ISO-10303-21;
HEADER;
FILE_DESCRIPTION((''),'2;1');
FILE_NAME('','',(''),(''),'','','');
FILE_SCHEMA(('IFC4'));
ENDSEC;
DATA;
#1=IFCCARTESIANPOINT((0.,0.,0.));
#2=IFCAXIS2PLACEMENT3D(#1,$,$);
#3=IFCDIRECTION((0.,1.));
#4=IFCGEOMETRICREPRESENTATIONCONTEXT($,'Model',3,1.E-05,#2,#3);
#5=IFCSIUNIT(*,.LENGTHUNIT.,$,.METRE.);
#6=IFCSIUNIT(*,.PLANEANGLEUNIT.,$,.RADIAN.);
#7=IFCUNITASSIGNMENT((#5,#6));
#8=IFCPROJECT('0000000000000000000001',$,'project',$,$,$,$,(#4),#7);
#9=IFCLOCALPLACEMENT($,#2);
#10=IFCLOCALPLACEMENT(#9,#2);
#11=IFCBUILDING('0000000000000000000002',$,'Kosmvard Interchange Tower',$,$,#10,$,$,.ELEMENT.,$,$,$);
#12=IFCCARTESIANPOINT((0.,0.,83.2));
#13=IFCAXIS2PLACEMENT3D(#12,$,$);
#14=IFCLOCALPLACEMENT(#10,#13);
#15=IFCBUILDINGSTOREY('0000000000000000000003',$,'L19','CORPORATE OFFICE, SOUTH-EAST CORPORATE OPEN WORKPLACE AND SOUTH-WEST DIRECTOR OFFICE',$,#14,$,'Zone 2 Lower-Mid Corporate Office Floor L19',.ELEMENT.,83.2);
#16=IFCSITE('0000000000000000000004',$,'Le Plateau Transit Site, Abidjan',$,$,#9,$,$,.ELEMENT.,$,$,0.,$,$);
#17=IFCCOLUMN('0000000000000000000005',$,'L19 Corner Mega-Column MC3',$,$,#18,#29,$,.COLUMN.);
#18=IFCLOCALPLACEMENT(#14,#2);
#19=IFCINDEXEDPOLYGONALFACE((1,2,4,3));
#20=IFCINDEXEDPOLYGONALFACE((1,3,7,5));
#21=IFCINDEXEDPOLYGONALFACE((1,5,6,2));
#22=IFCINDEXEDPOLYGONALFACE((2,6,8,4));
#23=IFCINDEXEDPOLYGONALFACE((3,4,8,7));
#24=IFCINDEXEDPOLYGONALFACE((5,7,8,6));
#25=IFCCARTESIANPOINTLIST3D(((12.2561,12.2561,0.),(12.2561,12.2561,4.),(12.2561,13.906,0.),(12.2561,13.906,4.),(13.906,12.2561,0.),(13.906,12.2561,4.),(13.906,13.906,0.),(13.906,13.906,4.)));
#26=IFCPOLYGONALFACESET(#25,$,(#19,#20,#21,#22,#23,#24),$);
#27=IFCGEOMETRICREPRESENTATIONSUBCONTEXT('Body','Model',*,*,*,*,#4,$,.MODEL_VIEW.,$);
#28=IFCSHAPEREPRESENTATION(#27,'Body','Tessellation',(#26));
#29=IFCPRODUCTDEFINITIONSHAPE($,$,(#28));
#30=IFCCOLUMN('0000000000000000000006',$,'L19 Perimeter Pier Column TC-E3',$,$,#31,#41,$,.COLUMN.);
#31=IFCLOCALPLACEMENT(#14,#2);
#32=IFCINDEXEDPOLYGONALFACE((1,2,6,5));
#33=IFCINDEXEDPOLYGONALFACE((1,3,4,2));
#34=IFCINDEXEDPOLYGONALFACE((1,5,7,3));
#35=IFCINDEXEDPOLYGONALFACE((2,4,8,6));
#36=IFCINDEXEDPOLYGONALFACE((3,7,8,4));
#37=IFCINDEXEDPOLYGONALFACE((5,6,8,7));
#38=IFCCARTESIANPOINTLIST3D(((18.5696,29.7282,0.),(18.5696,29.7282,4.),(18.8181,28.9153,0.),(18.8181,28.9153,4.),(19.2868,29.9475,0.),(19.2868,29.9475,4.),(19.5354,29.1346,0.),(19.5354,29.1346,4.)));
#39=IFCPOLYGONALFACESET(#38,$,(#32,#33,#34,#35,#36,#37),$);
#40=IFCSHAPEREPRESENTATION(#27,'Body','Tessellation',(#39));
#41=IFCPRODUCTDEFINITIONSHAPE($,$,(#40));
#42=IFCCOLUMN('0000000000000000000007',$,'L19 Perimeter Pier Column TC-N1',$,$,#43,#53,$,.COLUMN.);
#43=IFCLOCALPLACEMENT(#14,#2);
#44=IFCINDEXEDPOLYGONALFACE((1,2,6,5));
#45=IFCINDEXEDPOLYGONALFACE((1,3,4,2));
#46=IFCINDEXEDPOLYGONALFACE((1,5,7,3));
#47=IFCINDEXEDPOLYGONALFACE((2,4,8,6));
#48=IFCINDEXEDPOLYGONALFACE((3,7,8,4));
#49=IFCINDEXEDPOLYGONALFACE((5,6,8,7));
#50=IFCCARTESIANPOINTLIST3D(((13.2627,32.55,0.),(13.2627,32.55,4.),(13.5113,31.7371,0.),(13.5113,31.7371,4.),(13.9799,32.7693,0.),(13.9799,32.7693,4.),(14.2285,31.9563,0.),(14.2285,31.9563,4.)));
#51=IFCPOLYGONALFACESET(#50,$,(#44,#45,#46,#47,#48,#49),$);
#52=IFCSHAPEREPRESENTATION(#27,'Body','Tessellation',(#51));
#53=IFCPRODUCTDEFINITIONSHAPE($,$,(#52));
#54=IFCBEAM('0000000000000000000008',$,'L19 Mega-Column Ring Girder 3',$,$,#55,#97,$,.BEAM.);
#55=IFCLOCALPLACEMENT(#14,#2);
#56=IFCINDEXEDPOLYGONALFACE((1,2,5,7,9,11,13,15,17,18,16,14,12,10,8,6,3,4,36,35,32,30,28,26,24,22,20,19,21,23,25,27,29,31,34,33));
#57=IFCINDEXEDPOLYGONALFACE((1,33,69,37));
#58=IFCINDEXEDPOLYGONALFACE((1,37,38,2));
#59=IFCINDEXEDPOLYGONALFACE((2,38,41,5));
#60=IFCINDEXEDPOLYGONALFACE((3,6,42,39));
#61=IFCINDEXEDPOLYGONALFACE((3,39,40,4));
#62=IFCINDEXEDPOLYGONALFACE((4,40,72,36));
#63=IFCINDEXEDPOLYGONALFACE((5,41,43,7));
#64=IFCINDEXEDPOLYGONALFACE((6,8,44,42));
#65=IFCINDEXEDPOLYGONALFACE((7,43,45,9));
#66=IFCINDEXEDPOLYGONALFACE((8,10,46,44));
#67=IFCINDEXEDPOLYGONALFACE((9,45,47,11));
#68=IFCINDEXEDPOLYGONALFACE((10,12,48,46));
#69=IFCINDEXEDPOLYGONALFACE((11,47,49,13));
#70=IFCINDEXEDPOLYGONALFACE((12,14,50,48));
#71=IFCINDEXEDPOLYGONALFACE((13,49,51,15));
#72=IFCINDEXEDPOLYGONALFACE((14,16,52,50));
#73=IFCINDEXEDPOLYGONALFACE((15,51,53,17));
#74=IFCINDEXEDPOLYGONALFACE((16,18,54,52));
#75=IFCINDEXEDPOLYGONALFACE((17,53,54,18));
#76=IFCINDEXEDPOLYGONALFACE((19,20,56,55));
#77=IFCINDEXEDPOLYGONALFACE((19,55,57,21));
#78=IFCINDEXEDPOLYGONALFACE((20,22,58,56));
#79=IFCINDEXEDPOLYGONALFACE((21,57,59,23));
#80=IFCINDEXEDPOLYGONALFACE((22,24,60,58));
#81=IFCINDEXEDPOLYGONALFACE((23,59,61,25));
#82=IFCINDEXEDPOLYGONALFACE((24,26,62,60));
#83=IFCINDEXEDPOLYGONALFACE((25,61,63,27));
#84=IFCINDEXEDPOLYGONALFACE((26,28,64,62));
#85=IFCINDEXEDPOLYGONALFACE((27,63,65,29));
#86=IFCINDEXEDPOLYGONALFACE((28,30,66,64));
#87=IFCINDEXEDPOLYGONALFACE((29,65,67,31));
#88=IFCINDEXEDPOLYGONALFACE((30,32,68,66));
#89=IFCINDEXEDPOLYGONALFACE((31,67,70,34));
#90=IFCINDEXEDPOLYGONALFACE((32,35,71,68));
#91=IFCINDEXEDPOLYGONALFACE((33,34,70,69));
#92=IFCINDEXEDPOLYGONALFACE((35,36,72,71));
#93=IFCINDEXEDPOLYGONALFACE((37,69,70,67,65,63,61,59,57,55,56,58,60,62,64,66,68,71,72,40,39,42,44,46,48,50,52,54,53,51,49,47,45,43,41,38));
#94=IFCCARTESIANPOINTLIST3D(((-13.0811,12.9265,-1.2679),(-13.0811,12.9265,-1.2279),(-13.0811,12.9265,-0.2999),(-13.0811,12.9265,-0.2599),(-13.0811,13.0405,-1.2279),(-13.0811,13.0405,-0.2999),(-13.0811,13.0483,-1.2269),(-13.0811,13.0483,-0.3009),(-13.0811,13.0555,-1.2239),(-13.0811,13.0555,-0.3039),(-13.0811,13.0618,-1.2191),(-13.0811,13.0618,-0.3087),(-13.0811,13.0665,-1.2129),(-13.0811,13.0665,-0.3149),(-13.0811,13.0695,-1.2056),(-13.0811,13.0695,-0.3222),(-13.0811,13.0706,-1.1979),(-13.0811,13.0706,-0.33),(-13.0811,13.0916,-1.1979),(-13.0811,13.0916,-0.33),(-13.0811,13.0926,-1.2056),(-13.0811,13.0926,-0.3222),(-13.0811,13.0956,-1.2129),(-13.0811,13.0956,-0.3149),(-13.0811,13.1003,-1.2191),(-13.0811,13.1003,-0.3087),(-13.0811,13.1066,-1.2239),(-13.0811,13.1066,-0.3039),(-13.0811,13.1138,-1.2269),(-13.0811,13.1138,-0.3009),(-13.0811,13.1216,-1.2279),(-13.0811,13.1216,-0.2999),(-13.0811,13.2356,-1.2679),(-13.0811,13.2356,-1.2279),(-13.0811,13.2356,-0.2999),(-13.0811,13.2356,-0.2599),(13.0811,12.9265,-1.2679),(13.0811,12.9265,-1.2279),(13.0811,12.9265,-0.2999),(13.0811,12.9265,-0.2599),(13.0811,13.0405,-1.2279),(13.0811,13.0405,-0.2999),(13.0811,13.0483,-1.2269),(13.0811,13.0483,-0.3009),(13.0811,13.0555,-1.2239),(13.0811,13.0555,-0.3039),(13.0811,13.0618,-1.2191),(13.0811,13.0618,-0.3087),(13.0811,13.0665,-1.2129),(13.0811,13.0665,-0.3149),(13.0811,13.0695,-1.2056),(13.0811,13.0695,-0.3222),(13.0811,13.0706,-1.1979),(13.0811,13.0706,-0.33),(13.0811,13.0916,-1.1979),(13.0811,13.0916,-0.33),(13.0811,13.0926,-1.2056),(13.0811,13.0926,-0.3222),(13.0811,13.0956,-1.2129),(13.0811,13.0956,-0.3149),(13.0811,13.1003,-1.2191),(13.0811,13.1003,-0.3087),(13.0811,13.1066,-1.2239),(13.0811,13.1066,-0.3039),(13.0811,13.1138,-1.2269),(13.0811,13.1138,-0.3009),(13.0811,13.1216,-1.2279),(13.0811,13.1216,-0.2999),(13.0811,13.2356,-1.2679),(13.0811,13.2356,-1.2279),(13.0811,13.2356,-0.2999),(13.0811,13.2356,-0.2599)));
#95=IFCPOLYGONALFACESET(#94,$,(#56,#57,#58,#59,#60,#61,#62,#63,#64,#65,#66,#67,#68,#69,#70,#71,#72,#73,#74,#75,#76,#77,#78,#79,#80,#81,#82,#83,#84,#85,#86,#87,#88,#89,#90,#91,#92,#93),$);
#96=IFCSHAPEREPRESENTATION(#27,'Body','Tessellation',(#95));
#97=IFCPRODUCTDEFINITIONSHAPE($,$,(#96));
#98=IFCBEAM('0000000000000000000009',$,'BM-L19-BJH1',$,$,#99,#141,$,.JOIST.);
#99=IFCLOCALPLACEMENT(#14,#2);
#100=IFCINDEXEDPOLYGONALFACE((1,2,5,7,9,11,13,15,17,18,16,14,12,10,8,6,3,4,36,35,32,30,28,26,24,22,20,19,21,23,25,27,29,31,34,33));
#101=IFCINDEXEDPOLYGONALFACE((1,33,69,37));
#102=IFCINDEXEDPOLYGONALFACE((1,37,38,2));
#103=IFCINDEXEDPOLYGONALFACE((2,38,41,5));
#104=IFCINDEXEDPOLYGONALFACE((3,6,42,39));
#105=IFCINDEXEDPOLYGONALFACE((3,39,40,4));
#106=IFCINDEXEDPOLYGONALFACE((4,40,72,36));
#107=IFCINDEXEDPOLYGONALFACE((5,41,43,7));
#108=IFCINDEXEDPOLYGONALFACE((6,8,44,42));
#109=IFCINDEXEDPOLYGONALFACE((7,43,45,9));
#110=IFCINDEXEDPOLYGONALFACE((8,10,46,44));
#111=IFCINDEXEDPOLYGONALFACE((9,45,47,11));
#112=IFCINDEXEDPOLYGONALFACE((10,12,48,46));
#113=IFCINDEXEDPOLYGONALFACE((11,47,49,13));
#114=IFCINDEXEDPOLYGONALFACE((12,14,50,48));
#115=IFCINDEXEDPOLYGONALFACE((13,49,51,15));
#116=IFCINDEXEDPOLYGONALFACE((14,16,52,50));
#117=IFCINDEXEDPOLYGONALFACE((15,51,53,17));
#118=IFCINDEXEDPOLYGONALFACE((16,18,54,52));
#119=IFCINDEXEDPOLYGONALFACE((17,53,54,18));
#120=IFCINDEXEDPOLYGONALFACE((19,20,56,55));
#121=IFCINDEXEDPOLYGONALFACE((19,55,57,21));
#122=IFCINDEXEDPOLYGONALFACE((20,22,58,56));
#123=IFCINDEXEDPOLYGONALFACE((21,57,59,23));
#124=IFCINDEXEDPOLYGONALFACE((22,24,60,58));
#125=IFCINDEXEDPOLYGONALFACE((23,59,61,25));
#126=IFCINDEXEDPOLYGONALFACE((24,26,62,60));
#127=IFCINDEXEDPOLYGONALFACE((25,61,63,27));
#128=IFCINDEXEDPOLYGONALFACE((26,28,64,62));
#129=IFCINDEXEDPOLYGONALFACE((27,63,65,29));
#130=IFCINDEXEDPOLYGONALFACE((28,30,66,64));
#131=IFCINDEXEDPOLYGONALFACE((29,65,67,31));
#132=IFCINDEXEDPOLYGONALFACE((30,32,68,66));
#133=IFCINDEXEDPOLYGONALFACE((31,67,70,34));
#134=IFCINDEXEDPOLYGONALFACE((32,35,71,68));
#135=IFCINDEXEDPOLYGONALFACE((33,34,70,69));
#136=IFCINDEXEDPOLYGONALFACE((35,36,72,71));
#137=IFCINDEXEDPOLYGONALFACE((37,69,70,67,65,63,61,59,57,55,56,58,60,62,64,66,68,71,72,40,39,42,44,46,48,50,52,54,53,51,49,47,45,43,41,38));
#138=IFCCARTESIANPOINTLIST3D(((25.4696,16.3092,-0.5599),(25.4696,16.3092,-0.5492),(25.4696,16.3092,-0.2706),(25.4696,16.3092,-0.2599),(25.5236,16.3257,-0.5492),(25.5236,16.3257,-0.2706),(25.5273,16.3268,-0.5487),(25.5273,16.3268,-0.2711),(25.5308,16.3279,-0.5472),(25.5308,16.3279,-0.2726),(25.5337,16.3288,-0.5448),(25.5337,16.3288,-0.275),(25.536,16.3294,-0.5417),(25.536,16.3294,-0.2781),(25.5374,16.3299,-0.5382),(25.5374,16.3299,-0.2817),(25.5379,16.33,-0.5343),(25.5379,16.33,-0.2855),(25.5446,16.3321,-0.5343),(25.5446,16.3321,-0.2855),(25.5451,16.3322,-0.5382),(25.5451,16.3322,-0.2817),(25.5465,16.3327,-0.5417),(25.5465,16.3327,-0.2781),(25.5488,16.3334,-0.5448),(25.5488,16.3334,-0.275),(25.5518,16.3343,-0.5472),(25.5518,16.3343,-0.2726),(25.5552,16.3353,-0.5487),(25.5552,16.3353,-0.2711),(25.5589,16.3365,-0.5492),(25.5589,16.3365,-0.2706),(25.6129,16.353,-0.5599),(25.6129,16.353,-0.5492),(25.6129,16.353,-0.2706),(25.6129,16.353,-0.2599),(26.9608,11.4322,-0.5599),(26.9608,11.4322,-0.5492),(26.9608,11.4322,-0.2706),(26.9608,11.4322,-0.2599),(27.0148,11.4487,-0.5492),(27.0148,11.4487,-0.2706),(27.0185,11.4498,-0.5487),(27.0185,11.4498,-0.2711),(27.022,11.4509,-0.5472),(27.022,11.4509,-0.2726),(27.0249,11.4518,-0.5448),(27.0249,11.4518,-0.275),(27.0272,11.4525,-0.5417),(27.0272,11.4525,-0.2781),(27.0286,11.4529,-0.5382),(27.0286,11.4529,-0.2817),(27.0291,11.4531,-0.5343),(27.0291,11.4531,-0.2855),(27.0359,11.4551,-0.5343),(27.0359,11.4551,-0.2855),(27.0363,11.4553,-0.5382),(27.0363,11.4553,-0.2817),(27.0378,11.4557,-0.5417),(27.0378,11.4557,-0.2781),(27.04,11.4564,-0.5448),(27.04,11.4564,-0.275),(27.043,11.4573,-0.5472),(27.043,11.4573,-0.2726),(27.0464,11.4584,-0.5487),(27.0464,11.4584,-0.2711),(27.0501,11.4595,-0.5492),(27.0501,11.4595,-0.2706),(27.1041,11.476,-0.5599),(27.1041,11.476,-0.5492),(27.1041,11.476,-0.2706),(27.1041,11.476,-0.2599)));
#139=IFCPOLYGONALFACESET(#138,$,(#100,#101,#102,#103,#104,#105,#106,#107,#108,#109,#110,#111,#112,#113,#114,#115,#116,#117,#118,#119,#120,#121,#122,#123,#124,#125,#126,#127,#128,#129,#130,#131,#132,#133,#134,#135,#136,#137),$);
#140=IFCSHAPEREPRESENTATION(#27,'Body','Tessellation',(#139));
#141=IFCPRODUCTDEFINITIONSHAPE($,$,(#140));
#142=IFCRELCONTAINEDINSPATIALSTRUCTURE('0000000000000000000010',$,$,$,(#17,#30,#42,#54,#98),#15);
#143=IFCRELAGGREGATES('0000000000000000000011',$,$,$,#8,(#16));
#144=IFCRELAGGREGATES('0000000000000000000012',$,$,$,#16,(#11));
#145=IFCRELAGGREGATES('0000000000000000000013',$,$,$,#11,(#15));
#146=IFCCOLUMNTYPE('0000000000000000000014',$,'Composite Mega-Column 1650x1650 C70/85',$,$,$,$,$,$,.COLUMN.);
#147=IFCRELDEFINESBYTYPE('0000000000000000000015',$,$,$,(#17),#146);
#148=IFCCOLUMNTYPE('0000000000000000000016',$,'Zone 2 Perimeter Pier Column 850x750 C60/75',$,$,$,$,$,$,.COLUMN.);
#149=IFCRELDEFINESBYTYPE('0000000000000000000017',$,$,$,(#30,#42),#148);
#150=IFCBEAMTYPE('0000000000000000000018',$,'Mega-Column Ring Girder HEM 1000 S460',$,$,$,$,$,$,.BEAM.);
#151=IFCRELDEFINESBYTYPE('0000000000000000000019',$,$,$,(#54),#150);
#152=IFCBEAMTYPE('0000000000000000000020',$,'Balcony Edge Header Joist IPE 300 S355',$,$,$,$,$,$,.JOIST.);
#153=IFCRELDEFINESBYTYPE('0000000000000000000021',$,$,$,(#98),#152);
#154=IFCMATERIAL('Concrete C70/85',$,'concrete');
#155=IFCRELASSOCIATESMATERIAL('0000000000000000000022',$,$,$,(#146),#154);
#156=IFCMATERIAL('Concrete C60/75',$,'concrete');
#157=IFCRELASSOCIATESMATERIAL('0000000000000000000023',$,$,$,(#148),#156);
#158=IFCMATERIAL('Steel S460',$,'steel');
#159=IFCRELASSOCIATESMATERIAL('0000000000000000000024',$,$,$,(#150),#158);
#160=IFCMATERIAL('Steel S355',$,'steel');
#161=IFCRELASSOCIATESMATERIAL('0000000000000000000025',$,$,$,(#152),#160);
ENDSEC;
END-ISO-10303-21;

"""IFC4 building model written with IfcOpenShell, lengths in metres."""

from ifc_helpers import new_model, si_unit, direction, frame, origin, origin_2d, place, context, subcontext, project, spatial, rectangle, i_section, extrude, source, transform, mapped, material, material_profile, profile_set, type_object, element, save


model = new_model("IFC4")

# Units and contexts
model_context = context("Model", 3, precision=1e-05, world=origin(), true_north=direction((0.0, 1.0)))
body_context = subcontext(model_context, "Body", "Model", "MODEL_VIEW")
ifc_project = project(units=[si_unit("LENGTHUNIT", "METRE"), si_unit("PLANEANGLEUNIT", "RADIAN")], contexts=[model_context])

# Site, building, storey
site_placement = place(None, origin())
site = spatial("IfcSite", under=ifc_project, at=site_placement, Name="Le Plateau Transit Site, Abidjan", CompositionType="ELEMENT", RefElevation=0.0)
building_placement = place(site_placement, origin())
building = spatial("IfcBuilding", under=site, at=building_placement, Name="Kosmvard Interchange Tower", CompositionType="ELEMENT")
storey_placement = place(building_placement, frame((0.0, 0.0, 83.2)))
storey = spatial("IfcBuildingStorey", under=building, at=storey_placement, Name="L19", Description="CORPORATE OFFICE, SOUTH-EAST CORPORATE OPEN WORKPLACE AND SOUTH-WEST DIRECTOR OFFICE", LongName="Zone 2 Lower-Mid Corporate Office Floor L19", CompositionType="ELEMENT", Elevation=83.2)

# Columns
ifc_material_1 = material(Name="Concrete C70/85", Category="concrete")
ifc_material_profile_1 = material_profile(ifc_material_1, rectangle(XDim=1.6499, YDim=1.6499, at=origin_2d()), Name="MC 1650x1650")
ifc_profile_set_1 = profile_set([ifc_material_profile_1], Name="Concrete C70/85")
column_type_1 = type_object("IfcColumnType", Name="Composite Mega-Column 1650x1650 C70/85", PredefinedType="COLUMN", material=ifc_profile_set_1)
shared_shape_1 = source(origin(), body_context, "Body", "SweptSolid", [
    extrude(rectangle(XDim=1.6499, YDim=1.6499, at=origin_2d()), origin(), (0.0, 0.0, 1.0), 4.0),
])
column_placement = place(storey_placement, frame((13.0811, 13.0811, 0.0), z_axis=(0.0, 0.0, 1.0), x_axis=(1.0, 0.0, 0.0)))
element("IfcColumn", 1, at=column_placement, inside=storey, type_object=column_type_1, Name="L19 Corner Mega-Column MC3", PredefinedType="COLUMN", context=body_context, shape_type="MappedRepresentation", body=[
    mapped(shared_shape_1, transform((0.0, 0.0, 0.0), scale=1.0)),
])
ifc_material_2 = material(Name="Concrete C60/75", Category="concrete")
ifc_material_profile_2 = material_profile(ifc_material_2, rectangle(XDim=0.75, YDim=0.8501, at=origin_2d()), Name="TC 850x750")
ifc_profile_set_2 = profile_set([ifc_material_profile_2], Name="Concrete C60/75")
column_type_2 = type_object("IfcColumnType", Name="Zone 2 Perimeter Pier Column 850x750 C60/75", PredefinedType="COLUMN", material=ifc_profile_set_2)
shared_shape_2 = source(origin(), body_context, "Body", "SweptSolid", [
    extrude(rectangle(XDim=0.75, YDim=0.8501, at=origin_2d()), origin(), (0.0, 0.0, 1.0), 4.0),
])
for number, where, z_axis, x_axis, name in (
    (2, (19.0525, 29.4314, 0.0), (0.0, 0.0, 1.0), (0.956305, 0.292372, 0.0), "L19 Perimeter Pier Column TC-E3"),
    (3, (13.7456, 32.2532, 0.0), (0.0, 0.0, 1.0), (0.956305, 0.292372, 0.0), "L19 Perimeter Pier Column TC-N1"),
):
    element("IfcColumn", number, at=place(storey_placement, frame(where, z_axis=z_axis, x_axis=x_axis)), inside=storey, type_object=column_type_2, Name=name, PredefinedType="COLUMN", context=body_context, shape_type="MappedRepresentation", body=[
        mapped(shared_shape_2, transform((0.0, 0.0, 0.0), scale=1.0)),
    ])

# Beams
ifc_material_3 = material(Name="Steel S460", Category="steel")
ifc_material_profile_3 = material_profile(ifc_material_3, i_section(OverallWidth=0.3091, OverallDepth=1.0081, WebThickness=0.021, FlangeThickness=0.04, FilletRadius=0.03, at=origin_2d()), Name="HEM 1000")
ifc_profile_set_3 = profile_set([ifc_material_profile_3], Name="Steel S460")
beam_type_1 = type_object("IfcBeamType", Name="Mega-Column Ring Girder HEM 1000 S460", PredefinedType="BEAM", material=ifc_profile_set_3)
shared_shape_3 = source(origin(), body_context, "Body", "SweptSolid", [
    extrude(i_section(OverallWidth=0.3091, OverallDepth=1.0081, WebThickness=0.021, FlangeThickness=0.04, FilletRadius=0.03, at=origin_2d()), origin(), (0.0, 0.0, 1.0), 26.1621),
])
beam_1_placement = place(storey_placement, frame((13.0811, 13.0811, -0.7639), z_axis=(-1.0, 0.0, 0.0), x_axis=(0.0, -1.0, 0.0)))
element("IfcBeam", 4, at=beam_1_placement, inside=storey, type_object=beam_type_1, Name="L19 Mega-Column Ring Girder 3", PredefinedType="BEAM", context=body_context, shape_type="MappedRepresentation", body=[
    mapped(shared_shape_3, transform((0.0, 0.0, 0.0), scale=1.0)),
])
ifc_material_4 = material(Name="Steel S355", Category="steel")
ifc_material_profile_4 = material_profile(ifc_material_4, i_section(OverallWidth=0.1499, OverallDepth=0.3, WebThickness=0.0071, FlangeThickness=0.0107, FilletRadius=0.0149, at=origin_2d()), Name="IPE 300")
ifc_profile_set_4 = profile_set([ifc_material_profile_4], Name="Steel S355")
beam_type_2 = type_object("IfcBeamType", Name="Balcony Edge Header Joist IPE 300 S355", PredefinedType="JOIST", material=ifc_profile_set_4)
shared_shape_4 = source(origin(), body_context, "Body", "SweptSolid", [
    extrude(i_section(OverallWidth=0.1499, OverallDepth=0.3, WebThickness=0.0071, FlangeThickness=0.0107, FilletRadius=0.0149, at=origin_2d()), origin(), (0.0, 0.0, 1.0), 5.0999),
])
beam_2_placement = place(storey_placement, frame((27.0325, 11.4541, -0.4099), z_axis=(-0.292403, 0.956295, 0.0), x_axis=(-0.956295, -0.292403, 0.0)))
element("IfcBeam", 5, at=beam_2_placement, inside=storey, type_object=beam_type_2, Name="BM-L19-BJH1", PredefinedType="JOIST", context=body_context, shape_type="MappedRepresentation", body=[
    mapped(shared_shape_4, transform((0.0, 0.0, 0.0), scale=1.0)),
])

save(model, "model.ifc")
